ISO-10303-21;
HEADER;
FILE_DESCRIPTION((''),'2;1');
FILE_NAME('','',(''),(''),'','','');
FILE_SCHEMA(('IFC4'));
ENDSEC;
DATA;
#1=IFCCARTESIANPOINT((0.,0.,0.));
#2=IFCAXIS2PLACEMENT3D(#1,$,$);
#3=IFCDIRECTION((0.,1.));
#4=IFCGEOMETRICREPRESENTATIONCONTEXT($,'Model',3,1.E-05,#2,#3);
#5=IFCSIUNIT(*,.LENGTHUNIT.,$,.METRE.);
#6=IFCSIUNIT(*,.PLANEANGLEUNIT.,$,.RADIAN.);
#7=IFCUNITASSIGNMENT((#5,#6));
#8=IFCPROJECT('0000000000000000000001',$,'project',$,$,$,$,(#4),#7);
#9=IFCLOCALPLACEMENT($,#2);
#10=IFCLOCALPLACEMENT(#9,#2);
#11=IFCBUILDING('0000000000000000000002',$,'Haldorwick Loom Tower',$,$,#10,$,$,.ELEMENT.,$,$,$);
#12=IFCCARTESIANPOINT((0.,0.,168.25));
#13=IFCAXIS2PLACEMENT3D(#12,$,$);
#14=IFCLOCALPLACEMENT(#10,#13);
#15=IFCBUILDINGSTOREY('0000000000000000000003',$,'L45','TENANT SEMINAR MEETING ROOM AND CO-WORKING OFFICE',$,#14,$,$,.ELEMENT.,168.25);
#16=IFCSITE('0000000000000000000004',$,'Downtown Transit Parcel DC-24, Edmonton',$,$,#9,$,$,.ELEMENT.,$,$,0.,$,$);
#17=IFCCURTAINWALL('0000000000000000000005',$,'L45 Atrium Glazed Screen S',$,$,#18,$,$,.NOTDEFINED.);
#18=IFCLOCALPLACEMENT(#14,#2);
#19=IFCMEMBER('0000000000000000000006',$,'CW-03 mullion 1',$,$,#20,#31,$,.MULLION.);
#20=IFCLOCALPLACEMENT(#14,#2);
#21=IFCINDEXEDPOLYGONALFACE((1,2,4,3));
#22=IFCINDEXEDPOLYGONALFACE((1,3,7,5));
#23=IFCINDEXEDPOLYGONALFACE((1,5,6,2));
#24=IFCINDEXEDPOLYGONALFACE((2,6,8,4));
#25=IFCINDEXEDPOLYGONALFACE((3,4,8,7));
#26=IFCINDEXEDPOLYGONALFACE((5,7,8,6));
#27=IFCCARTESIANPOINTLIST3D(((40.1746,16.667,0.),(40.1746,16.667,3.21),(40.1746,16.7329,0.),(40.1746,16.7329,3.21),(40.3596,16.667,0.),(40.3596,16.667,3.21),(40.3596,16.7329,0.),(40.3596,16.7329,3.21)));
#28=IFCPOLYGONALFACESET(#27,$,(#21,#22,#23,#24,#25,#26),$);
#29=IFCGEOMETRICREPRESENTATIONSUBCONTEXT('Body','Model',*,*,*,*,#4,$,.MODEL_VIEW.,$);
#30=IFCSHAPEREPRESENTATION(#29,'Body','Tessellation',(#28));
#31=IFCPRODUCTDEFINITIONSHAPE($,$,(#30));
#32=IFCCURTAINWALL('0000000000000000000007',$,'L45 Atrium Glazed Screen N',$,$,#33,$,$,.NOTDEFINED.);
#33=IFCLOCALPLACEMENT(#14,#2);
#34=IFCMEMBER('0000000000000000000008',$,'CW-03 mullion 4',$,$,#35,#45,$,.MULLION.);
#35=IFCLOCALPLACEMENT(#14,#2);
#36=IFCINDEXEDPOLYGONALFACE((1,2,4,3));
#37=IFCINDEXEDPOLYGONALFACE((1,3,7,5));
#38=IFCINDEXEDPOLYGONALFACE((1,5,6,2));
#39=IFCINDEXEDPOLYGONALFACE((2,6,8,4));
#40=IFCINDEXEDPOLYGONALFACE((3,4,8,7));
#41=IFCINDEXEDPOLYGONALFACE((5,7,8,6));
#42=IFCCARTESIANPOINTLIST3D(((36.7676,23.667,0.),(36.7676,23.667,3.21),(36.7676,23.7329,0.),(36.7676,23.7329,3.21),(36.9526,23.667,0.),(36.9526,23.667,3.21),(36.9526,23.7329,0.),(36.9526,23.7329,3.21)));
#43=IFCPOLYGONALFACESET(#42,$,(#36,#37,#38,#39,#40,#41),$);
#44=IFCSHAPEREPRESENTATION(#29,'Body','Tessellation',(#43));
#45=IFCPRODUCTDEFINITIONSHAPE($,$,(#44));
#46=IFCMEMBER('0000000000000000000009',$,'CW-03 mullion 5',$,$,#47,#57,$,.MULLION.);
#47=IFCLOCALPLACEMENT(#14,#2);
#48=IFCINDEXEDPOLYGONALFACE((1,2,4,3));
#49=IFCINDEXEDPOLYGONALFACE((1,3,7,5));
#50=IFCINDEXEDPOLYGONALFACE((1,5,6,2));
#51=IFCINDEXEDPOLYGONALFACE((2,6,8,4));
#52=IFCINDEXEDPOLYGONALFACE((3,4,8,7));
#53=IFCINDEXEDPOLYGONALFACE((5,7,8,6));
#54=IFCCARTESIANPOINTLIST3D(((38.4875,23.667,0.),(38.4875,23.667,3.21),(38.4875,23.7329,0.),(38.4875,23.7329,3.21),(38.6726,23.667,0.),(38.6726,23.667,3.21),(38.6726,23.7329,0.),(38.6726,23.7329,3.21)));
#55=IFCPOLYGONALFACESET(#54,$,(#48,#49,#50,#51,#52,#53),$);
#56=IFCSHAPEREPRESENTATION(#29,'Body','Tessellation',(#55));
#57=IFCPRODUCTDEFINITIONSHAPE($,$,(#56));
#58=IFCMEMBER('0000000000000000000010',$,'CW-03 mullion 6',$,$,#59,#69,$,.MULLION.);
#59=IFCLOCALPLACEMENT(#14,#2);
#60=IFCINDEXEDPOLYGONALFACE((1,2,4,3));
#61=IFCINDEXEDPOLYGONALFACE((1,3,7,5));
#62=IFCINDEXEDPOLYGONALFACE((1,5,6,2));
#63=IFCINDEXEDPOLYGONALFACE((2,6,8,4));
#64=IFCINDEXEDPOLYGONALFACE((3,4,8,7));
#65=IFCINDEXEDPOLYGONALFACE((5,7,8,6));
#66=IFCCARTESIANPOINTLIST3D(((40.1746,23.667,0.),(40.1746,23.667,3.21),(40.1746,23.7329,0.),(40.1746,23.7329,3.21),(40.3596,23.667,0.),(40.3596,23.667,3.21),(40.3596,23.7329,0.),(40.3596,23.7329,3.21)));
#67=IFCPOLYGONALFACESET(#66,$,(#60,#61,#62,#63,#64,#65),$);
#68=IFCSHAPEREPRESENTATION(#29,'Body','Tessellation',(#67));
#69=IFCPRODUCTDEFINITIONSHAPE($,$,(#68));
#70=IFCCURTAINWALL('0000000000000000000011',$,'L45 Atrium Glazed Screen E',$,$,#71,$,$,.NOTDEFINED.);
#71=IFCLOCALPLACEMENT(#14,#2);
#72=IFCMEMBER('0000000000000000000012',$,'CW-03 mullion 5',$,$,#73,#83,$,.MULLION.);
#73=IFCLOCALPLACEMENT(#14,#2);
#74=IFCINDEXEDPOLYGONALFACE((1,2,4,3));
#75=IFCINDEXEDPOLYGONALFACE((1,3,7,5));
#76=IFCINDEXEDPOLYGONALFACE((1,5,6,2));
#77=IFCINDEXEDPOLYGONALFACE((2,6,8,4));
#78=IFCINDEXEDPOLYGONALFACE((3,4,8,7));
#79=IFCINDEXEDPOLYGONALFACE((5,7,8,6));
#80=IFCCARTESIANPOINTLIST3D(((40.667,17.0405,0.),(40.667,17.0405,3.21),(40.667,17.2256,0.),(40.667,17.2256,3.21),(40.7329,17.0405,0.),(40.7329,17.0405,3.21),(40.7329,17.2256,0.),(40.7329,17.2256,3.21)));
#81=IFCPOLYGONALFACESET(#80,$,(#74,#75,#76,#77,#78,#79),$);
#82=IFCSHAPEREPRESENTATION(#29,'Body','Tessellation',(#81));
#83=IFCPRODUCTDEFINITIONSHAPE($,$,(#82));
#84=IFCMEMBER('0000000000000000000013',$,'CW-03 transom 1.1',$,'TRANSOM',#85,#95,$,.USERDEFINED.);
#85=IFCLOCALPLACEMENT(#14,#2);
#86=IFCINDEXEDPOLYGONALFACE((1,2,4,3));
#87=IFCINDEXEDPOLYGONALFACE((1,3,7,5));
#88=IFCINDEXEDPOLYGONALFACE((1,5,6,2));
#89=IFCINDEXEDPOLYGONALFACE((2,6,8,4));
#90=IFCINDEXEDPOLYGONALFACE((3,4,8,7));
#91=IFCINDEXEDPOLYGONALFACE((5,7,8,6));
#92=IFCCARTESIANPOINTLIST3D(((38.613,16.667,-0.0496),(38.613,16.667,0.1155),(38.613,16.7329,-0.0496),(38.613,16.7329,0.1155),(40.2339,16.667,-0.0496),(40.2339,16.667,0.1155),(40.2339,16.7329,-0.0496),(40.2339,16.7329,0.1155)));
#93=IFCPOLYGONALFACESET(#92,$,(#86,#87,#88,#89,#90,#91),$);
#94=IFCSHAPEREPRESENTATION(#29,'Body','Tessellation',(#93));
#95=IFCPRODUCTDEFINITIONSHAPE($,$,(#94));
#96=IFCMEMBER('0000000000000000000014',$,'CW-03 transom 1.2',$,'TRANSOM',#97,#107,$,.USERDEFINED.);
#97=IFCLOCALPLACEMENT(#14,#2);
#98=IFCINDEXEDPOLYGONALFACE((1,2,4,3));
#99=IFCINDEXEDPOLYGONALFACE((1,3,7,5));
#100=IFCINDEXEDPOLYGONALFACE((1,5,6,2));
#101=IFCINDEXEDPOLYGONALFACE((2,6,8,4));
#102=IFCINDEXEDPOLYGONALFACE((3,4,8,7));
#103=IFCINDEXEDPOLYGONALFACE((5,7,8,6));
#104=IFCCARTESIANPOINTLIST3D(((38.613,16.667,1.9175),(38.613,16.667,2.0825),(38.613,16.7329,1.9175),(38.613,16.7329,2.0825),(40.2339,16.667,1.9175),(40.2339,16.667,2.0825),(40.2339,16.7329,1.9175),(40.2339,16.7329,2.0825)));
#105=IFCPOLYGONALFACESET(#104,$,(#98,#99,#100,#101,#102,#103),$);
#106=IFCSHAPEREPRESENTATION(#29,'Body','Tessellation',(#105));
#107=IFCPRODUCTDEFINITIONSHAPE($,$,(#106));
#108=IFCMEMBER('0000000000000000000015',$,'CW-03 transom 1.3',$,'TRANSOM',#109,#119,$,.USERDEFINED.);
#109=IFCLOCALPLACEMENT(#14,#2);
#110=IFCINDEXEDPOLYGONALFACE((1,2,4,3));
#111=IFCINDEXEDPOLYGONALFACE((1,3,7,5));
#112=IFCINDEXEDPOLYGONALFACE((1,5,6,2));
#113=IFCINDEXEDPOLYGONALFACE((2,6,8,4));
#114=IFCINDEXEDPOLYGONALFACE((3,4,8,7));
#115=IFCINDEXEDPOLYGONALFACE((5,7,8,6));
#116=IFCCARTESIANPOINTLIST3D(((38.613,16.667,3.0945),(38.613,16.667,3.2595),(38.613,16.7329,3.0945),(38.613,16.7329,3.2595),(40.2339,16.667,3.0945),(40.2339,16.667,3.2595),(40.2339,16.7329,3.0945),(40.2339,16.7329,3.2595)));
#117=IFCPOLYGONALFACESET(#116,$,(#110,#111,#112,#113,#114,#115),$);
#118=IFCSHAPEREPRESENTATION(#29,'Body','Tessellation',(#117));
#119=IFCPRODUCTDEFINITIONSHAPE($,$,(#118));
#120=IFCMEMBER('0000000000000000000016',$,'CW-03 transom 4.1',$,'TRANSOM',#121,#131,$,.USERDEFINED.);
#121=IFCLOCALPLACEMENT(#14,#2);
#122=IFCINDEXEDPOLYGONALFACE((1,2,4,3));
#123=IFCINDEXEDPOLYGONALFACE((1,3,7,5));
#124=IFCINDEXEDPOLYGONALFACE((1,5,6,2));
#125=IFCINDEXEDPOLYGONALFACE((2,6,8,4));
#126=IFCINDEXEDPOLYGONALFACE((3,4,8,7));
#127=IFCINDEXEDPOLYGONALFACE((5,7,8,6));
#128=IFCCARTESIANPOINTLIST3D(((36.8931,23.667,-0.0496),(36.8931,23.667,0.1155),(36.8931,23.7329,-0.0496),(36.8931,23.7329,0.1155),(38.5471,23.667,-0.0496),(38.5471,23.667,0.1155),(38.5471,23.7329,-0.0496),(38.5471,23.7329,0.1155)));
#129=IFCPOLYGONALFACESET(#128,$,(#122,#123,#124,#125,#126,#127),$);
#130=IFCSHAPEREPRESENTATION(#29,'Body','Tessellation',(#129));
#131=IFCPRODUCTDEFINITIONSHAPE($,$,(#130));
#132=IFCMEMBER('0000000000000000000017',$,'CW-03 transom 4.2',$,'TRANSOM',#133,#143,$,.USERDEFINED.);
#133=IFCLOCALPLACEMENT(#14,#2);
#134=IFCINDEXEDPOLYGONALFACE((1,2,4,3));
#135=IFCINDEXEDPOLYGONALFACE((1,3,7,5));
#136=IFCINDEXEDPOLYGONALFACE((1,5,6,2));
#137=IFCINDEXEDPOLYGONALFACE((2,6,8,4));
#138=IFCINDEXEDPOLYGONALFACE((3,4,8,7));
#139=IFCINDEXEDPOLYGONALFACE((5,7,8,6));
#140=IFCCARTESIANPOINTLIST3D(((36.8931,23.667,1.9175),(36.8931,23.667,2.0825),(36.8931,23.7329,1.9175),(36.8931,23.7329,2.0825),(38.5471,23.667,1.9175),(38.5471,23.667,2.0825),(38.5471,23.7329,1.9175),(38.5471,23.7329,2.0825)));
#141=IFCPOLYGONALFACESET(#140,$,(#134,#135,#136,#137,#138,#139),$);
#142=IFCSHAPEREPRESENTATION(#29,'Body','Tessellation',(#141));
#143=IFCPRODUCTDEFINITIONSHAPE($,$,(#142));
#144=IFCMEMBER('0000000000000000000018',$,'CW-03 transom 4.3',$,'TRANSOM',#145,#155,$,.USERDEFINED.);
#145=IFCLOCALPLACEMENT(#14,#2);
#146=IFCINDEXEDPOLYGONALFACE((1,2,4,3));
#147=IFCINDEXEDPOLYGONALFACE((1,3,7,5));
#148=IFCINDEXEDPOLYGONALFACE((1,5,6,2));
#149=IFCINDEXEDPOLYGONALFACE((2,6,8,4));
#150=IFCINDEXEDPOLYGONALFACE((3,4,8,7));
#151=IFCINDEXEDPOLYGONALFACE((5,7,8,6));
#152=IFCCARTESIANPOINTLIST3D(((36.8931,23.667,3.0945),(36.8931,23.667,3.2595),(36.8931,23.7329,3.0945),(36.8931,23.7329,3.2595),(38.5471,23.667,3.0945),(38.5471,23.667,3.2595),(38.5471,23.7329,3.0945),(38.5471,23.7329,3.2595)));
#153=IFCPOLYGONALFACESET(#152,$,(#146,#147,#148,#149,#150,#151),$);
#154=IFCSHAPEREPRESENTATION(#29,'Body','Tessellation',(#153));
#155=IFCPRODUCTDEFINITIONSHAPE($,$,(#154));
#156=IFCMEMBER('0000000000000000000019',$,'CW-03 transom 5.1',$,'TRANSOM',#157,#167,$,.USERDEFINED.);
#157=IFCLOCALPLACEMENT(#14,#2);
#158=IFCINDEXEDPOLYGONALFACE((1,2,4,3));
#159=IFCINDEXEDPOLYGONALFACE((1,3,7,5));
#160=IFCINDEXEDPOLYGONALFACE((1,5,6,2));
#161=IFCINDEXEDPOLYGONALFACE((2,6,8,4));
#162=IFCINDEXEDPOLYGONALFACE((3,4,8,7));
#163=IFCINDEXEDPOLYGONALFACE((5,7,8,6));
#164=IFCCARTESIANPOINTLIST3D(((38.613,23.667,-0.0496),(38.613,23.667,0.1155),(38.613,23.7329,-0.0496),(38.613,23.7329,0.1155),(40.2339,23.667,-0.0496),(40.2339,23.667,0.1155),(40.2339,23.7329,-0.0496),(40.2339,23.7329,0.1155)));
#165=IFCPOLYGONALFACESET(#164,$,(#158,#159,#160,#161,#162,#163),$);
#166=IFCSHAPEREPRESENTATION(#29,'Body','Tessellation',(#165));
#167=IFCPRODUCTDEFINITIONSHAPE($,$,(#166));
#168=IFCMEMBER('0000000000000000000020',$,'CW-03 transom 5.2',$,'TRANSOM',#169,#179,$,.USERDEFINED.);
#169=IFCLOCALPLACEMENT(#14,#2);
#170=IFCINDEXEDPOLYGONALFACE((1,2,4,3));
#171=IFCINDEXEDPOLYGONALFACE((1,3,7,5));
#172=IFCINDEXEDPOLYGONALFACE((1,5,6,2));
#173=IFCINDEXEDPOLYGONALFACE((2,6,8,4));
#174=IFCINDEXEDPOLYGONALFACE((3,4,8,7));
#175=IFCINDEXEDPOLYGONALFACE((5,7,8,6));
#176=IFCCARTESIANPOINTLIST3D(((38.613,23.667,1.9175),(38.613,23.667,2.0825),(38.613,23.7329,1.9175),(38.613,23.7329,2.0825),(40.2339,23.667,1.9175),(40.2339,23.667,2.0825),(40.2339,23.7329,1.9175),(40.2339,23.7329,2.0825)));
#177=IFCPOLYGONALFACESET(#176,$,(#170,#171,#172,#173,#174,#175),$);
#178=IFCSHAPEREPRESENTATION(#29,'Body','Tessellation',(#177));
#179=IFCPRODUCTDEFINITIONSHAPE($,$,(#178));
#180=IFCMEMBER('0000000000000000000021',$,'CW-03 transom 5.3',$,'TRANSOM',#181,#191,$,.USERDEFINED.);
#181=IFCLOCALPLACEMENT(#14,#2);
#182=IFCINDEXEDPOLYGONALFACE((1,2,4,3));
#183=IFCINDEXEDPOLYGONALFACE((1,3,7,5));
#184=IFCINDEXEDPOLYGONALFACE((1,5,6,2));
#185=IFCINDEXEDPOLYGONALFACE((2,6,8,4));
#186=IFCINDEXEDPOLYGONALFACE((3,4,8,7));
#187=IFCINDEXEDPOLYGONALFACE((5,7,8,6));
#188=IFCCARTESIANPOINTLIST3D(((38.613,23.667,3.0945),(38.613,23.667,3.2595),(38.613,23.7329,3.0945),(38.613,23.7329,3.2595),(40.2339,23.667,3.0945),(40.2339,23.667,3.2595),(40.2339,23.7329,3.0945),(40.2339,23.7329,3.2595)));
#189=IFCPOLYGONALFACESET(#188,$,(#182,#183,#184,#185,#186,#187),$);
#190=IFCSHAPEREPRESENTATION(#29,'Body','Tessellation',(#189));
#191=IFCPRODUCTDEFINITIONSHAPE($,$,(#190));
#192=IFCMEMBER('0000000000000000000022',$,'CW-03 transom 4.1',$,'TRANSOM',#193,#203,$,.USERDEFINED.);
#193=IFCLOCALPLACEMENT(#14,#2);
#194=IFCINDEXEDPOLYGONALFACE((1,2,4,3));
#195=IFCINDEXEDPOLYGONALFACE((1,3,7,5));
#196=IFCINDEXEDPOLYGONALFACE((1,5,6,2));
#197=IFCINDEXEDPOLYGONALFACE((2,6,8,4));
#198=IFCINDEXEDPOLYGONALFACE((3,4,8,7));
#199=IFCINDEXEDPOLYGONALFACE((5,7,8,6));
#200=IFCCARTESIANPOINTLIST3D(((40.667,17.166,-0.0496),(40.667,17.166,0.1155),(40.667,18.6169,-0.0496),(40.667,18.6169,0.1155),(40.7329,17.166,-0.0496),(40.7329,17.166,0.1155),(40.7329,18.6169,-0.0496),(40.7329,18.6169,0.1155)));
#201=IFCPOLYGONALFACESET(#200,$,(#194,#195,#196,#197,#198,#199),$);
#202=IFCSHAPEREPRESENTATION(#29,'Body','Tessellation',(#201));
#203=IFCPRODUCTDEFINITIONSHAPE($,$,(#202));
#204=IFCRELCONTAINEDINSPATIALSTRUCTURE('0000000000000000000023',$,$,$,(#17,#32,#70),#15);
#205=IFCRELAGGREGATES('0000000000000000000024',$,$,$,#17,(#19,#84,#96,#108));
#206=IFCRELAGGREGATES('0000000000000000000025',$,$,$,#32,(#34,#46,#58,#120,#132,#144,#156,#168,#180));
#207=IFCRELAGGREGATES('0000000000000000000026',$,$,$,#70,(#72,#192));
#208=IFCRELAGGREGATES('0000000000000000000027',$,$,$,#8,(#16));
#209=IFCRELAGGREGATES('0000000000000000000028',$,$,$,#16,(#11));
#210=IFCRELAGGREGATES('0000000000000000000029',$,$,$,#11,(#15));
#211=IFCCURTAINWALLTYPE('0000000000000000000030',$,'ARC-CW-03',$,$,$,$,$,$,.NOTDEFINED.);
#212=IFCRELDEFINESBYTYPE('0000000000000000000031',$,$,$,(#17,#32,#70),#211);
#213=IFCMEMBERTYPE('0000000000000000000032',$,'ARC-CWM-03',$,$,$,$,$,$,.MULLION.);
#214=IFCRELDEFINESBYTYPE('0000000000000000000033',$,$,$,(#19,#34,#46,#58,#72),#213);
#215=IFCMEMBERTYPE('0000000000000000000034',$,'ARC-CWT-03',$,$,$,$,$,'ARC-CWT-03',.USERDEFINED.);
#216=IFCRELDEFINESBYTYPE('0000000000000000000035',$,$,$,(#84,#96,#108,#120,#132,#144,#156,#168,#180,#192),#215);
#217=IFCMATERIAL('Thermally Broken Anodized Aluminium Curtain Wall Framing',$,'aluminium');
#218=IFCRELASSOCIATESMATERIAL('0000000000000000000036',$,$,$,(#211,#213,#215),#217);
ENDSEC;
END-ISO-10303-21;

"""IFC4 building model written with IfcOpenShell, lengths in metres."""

from ifc_helpers import new_model, si_unit, direction, frame, origin, origin_2d, place, context, subcontext, project, spatial, rectangle, extrude, material, material_profile, profile_set, type_object, element, aggregate, save


model = new_model("IFC4")

# Units and contexts
model_context = context("Model", 3, precision=1e-05, world=origin(), true_north=direction((0.0, 1.0)))
body_context = subcontext(model_context, "Body", "Model", "MODEL_VIEW")
ifc_project = project(units=[si_unit("LENGTHUNIT", "METRE"), si_unit("PLANEANGLEUNIT", "RADIAN")], contexts=[model_context])

# Site, building, storey
site_placement = place(None, origin())
site = spatial("IfcSite", under=ifc_project, at=site_placement, Name="Downtown Transit Parcel DC-24, Edmonton", CompositionType="ELEMENT", RefElevation=0.0)
building_placement = place(site_placement, origin())
building = spatial("IfcBuilding", under=site, at=building_placement, Name="Haldorwick Loom Tower", CompositionType="ELEMENT")
storey_placement = place(building_placement, frame((0.0, 0.0, 168.25)))
storey = spatial("IfcBuildingStorey", under=building, at=storey_placement, Name="L45", Description="TENANT SEMINAR MEETING ROOM AND CO-WORKING OFFICE", CompositionType="ELEMENT", Elevation=168.25)

# Curtain wall, member
ifc_material_1 = material(Name="Thermally Broken Anodized Aluminium Curtain Wall Framing", Category="aluminium")
curtain_wall_type = type_object("IfcCurtainWallType", Name="ARC-CW-03", PredefinedType="NOTDEFINED", material=ifc_material_1)
curtain_wall_1_placement = place(storey_placement, origin())
curtain_wall_1 = element("IfcCurtainWall", 1, at=curtain_wall_1_placement, inside=storey, type_object=curtain_wall_type, Name="L45 Atrium Glazed Screen S", PredefinedType="NOTDEFINED")
ifc_material_profile_1 = material_profile(ifc_material_1, rectangle(XDim=0.0659, YDim=0.1851, at=origin_2d()), Name="ALU_MUL_66X185", Category="aluminium")
ifc_profile_set_1 = profile_set([ifc_material_profile_1], Name="Thermally Broken Anodized Aluminium Curtain Wall Framing")
member_type_1 = type_object("IfcMemberType", Name="ARC-CWM-03", PredefinedType="MULLION", material=ifc_profile_set_1)
member_1_placement = place(storey_placement, frame((40.2671, 16.7, 0.0), z_axis=(0.0, 0.0, 1.0), x_axis=(0.0, -1.0, 0.0)))
member_1 = element("IfcMember", 2, at=member_1_placement, type_object=member_type_1, Name="CW-03 mullion 1", PredefinedType="MULLION", context=body_context, shape_type="SweptSolid", body=[
    extrude(rectangle(XDim=0.0659, YDim=0.1851, at=origin_2d()), origin(), (0.0, 0.0, 1.0), 3.21),
])

# Curtain wall, members
curtain_wall_2_placement = place(storey_placement, origin())
curtain_wall_2 = element("IfcCurtainWall", 3, at=curtain_wall_2_placement, inside=storey, type_object=curtain_wall_type, Name="L45 Atrium Glazed Screen N", PredefinedType="NOTDEFINED")
member_2_placement = place(storey_placement, frame((36.8601, 23.7, 0.0), z_axis=(0.0, 0.0, 1.0), x_axis=(0.0, 1.0, 0.0)))
member_2 = element("IfcMember", 4, at=member_2_placement, type_object=member_type_1, Name="CW-03 mullion 4", PredefinedType="MULLION", context=body_context, shape_type="SweptSolid", body=[
    extrude(rectangle(XDim=0.0659, YDim=0.1851, at=origin_2d()), origin(), (0.0, 0.0, 1.0), 3.21),
])
member_3_placement = place(storey_placement, frame((38.5801, 23.7, 0.0), z_axis=(0.0, 0.0, 1.0), x_axis=(0.0, 1.0, 0.0)))
member_3 = element("IfcMember", 5, at=member_3_placement, type_object=member_type_1, Name="CW-03 mullion 5", PredefinedType="MULLION", context=body_context, shape_type="SweptSolid", body=[
    extrude(rectangle(XDim=0.0659, YDim=0.1851, at=origin_2d()), origin(), (0.0, 0.0, 1.0), 3.21),
])
member_4_placement = place(storey_placement, frame((40.2671, 23.7, 0.0), z_axis=(0.0, 0.0, 1.0), x_axis=(0.0, 1.0, 0.0)))
member_4 = element("IfcMember", 6, at=member_4_placement, type_object=member_type_1, Name="CW-03 mullion 6", PredefinedType="MULLION", context=body_context, shape_type="SweptSolid", body=[
    extrude(rectangle(XDim=0.0659, YDim=0.1851, at=origin_2d()), origin(), (0.0, 0.0, 1.0), 3.21),
])

# Curtain wall, member
curtain_wall_3_placement = place(storey_placement, origin())
curtain_wall_3 = element("IfcCurtainWall", 7, at=curtain_wall_3_placement, inside=storey, type_object=curtain_wall_type, Name="L45 Atrium Glazed Screen E", PredefinedType="NOTDEFINED")
member_5_placement = place(storey_placement, frame((40.7, 17.1331, 0.0), z_axis=(0.0, 0.0, 1.0), x_axis=(1.0, 0.0, 0.0)))
member_5 = element("IfcMember", 8, at=member_5_placement, type_object=member_type_1, Name="CW-03 mullion 5", PredefinedType="MULLION", context=body_context, shape_type="SweptSolid", body=[
    extrude(rectangle(XDim=0.0659, YDim=0.1851, at=origin_2d()), origin(), (0.0, 0.0, 1.0), 3.21),
])

# Members
ifc_material_profile_2 = material_profile(ifc_material_1, rectangle(XDim=0.0659, YDim=0.165, at=origin_2d()), Name="ALU_TRN_66X165", Category="aluminium")
ifc_profile_set_2 = profile_set([ifc_material_profile_2], Name="Thermally Broken Anodized Aluminium Curtain Wall Framing")
member_type_2 = type_object("IfcMemberType", Name="ARC-CWT-03", ElementType="ARC-CWT-03", PredefinedType="USERDEFINED", material=ifc_profile_set_2)
member_6_placement = place(storey_placement, frame((40.2339, 16.7, 0.033), z_axis=(-1.0, 0.0, 0.0), x_axis=(0.0, -1.0, 0.0)))
member_6 = element("IfcMember", 9, at=member_6_placement, type_object=member_type_2, Name="CW-03 transom 1.1", ObjectType="TRANSOM", PredefinedType="USERDEFINED", context=body_context, shape_type="SweptSolid", body=[
    extrude(rectangle(XDim=0.0659, YDim=0.165, at=origin_2d()), origin(), (0.0, 0.0, 1.0), 1.6208),
])
member_7_placement = place(storey_placement, frame((40.2339, 16.7, 2.0), z_axis=(-1.0, 0.0, 0.0), x_axis=(0.0, -1.0, 0.0)))
member_7 = element("IfcMember", 10, at=member_7_placement, type_object=member_type_2, Name="CW-03 transom 1.2", ObjectType="TRANSOM", PredefinedType="USERDEFINED", context=body_context, shape_type="SweptSolid", body=[
    extrude(rectangle(XDim=0.0659, YDim=0.165, at=origin_2d()), origin(), (0.0, 0.0, 1.0), 1.6208),
])
member_8_placement = place(storey_placement, frame((40.2339, 16.7, 3.177), z_axis=(-1.0, 0.0, 0.0), x_axis=(0.0, -1.0, 0.0)))
member_8 = element("IfcMember", 11, at=member_8_placement, type_object=member_type_2, Name="CW-03 transom 1.3", ObjectType="TRANSOM", PredefinedType="USERDEFINED", context=body_context, shape_type="SweptSolid", body=[
    extrude(rectangle(XDim=0.0659, YDim=0.165, at=origin_2d()), origin(), (0.0, 0.0, 1.0), 1.6208),
])
aggregate(curtain_wall_1, [member_1, member_6, member_7, member_8])
member_9_placement = place(storey_placement, frame((36.8931, 23.7, 0.033), z_axis=(1.0, 0.0, 0.0), x_axis=(0.0, 1.0, 0.0)))
member_9 = element("IfcMember", 12, at=member_9_placement, type_object=member_type_2, Name="CW-03 transom 4.1", ObjectType="TRANSOM", PredefinedType="USERDEFINED", context=body_context, shape_type="SweptSolid", body=[
    extrude(rectangle(XDim=0.0659, YDim=0.165, at=origin_2d()), origin(), (0.0, 0.0, 1.0), 1.6541),
])
member_10_placement = place(storey_placement, frame((36.8931, 23.7, 2.0), z_axis=(1.0, 0.0, 0.0), x_axis=(0.0, 1.0, 0.0)))
member_10 = element("IfcMember", 13, at=member_10_placement, type_object=member_type_2, Name="CW-03 transom 4.2", ObjectType="TRANSOM", PredefinedType="USERDEFINED", context=body_context, shape_type="SweptSolid", body=[
    extrude(rectangle(XDim=0.0659, YDim=0.165, at=origin_2d()), origin(), (0.0, 0.0, 1.0), 1.6541),
])
member_11_placement = place(storey_placement, frame((36.8931, 23.7, 3.177), z_axis=(1.0, 0.0, 0.0), x_axis=(0.0, 1.0, 0.0)))
member_11 = element("IfcMember", 14, at=member_11_placement, type_object=member_type_2, Name="CW-03 transom 4.3", ObjectType="TRANSOM", PredefinedType="USERDEFINED", context=body_context, shape_type="SweptSolid", body=[
    extrude(rectangle(XDim=0.0659, YDim=0.165, at=origin_2d()), origin(), (0.0, 0.0, 1.0), 1.6541),
])
member_12_placement = place(storey_placement, frame((38.613, 23.7, 0.033), z_axis=(1.0, 0.0, 0.0), x_axis=(0.0, 1.0, 0.0)))
member_12 = element("IfcMember", 15, at=member_12_placement, type_object=member_type_2, Name="CW-03 transom 5.1", ObjectType="TRANSOM", PredefinedType="USERDEFINED", context=body_context, shape_type="SweptSolid", body=[
    extrude(rectangle(XDim=0.0659, YDim=0.165, at=origin_2d()), origin(), (0.0, 0.0, 1.0), 1.6208),
])
member_13_placement = place(storey_placement, frame((38.613, 23.7, 2.0), z_axis=(1.0, 0.0, 0.0), x_axis=(0.0, 1.0, 0.0)))
member_13 = element("IfcMember", 16, at=member_13_placement, type_object=member_type_2, Name="CW-03 transom 5.2", ObjectType="TRANSOM", PredefinedType="USERDEFINED", context=body_context, shape_type="SweptSolid", body=[
    extrude(rectangle(XDim=0.0659, YDim=0.165, at=origin_2d()), origin(), (0.0, 0.0, 1.0), 1.6208),
])
member_14_placement = place(storey_placement, frame((38.613, 23.7, 3.177), z_axis=(1.0, 0.0, 0.0), x_axis=(0.0, 1.0, 0.0)))
member_14 = element("IfcMember", 17, at=member_14_placement, type_object=member_type_2, Name="CW-03 transom 5.3", ObjectType="TRANSOM", PredefinedType="USERDEFINED", context=body_context, shape_type="SweptSolid", body=[
    extrude(rectangle(XDim=0.0659, YDim=0.165, at=origin_2d()), origin(), (0.0, 0.0, 1.0), 1.6208),
])
member_15_placement = place(storey_placement, frame((40.7, 18.6169, 0.033), z_axis=(0.0, -1.0, 0.0), x_axis=(1.0, 0.0, 0.0)))
member_15 = element("IfcMember", 18, at=member_15_placement, type_object=member_type_2, Name="CW-03 transom 4.1", ObjectType="TRANSOM", PredefinedType="USERDEFINED", context=body_context, shape_type="SweptSolid", body=[
    extrude(rectangle(XDim=0.0659, YDim=0.165, at=origin_2d()), origin(), (0.0, 0.0, 1.0), 1.4509),
])

aggregate(curtain_wall_2, [member_2, member_3, member_4, member_9, member_10, member_11, member_12, member_13, member_14])
aggregate(curtain_wall_3, [member_5, member_15])

save(model, "model.ifc")
